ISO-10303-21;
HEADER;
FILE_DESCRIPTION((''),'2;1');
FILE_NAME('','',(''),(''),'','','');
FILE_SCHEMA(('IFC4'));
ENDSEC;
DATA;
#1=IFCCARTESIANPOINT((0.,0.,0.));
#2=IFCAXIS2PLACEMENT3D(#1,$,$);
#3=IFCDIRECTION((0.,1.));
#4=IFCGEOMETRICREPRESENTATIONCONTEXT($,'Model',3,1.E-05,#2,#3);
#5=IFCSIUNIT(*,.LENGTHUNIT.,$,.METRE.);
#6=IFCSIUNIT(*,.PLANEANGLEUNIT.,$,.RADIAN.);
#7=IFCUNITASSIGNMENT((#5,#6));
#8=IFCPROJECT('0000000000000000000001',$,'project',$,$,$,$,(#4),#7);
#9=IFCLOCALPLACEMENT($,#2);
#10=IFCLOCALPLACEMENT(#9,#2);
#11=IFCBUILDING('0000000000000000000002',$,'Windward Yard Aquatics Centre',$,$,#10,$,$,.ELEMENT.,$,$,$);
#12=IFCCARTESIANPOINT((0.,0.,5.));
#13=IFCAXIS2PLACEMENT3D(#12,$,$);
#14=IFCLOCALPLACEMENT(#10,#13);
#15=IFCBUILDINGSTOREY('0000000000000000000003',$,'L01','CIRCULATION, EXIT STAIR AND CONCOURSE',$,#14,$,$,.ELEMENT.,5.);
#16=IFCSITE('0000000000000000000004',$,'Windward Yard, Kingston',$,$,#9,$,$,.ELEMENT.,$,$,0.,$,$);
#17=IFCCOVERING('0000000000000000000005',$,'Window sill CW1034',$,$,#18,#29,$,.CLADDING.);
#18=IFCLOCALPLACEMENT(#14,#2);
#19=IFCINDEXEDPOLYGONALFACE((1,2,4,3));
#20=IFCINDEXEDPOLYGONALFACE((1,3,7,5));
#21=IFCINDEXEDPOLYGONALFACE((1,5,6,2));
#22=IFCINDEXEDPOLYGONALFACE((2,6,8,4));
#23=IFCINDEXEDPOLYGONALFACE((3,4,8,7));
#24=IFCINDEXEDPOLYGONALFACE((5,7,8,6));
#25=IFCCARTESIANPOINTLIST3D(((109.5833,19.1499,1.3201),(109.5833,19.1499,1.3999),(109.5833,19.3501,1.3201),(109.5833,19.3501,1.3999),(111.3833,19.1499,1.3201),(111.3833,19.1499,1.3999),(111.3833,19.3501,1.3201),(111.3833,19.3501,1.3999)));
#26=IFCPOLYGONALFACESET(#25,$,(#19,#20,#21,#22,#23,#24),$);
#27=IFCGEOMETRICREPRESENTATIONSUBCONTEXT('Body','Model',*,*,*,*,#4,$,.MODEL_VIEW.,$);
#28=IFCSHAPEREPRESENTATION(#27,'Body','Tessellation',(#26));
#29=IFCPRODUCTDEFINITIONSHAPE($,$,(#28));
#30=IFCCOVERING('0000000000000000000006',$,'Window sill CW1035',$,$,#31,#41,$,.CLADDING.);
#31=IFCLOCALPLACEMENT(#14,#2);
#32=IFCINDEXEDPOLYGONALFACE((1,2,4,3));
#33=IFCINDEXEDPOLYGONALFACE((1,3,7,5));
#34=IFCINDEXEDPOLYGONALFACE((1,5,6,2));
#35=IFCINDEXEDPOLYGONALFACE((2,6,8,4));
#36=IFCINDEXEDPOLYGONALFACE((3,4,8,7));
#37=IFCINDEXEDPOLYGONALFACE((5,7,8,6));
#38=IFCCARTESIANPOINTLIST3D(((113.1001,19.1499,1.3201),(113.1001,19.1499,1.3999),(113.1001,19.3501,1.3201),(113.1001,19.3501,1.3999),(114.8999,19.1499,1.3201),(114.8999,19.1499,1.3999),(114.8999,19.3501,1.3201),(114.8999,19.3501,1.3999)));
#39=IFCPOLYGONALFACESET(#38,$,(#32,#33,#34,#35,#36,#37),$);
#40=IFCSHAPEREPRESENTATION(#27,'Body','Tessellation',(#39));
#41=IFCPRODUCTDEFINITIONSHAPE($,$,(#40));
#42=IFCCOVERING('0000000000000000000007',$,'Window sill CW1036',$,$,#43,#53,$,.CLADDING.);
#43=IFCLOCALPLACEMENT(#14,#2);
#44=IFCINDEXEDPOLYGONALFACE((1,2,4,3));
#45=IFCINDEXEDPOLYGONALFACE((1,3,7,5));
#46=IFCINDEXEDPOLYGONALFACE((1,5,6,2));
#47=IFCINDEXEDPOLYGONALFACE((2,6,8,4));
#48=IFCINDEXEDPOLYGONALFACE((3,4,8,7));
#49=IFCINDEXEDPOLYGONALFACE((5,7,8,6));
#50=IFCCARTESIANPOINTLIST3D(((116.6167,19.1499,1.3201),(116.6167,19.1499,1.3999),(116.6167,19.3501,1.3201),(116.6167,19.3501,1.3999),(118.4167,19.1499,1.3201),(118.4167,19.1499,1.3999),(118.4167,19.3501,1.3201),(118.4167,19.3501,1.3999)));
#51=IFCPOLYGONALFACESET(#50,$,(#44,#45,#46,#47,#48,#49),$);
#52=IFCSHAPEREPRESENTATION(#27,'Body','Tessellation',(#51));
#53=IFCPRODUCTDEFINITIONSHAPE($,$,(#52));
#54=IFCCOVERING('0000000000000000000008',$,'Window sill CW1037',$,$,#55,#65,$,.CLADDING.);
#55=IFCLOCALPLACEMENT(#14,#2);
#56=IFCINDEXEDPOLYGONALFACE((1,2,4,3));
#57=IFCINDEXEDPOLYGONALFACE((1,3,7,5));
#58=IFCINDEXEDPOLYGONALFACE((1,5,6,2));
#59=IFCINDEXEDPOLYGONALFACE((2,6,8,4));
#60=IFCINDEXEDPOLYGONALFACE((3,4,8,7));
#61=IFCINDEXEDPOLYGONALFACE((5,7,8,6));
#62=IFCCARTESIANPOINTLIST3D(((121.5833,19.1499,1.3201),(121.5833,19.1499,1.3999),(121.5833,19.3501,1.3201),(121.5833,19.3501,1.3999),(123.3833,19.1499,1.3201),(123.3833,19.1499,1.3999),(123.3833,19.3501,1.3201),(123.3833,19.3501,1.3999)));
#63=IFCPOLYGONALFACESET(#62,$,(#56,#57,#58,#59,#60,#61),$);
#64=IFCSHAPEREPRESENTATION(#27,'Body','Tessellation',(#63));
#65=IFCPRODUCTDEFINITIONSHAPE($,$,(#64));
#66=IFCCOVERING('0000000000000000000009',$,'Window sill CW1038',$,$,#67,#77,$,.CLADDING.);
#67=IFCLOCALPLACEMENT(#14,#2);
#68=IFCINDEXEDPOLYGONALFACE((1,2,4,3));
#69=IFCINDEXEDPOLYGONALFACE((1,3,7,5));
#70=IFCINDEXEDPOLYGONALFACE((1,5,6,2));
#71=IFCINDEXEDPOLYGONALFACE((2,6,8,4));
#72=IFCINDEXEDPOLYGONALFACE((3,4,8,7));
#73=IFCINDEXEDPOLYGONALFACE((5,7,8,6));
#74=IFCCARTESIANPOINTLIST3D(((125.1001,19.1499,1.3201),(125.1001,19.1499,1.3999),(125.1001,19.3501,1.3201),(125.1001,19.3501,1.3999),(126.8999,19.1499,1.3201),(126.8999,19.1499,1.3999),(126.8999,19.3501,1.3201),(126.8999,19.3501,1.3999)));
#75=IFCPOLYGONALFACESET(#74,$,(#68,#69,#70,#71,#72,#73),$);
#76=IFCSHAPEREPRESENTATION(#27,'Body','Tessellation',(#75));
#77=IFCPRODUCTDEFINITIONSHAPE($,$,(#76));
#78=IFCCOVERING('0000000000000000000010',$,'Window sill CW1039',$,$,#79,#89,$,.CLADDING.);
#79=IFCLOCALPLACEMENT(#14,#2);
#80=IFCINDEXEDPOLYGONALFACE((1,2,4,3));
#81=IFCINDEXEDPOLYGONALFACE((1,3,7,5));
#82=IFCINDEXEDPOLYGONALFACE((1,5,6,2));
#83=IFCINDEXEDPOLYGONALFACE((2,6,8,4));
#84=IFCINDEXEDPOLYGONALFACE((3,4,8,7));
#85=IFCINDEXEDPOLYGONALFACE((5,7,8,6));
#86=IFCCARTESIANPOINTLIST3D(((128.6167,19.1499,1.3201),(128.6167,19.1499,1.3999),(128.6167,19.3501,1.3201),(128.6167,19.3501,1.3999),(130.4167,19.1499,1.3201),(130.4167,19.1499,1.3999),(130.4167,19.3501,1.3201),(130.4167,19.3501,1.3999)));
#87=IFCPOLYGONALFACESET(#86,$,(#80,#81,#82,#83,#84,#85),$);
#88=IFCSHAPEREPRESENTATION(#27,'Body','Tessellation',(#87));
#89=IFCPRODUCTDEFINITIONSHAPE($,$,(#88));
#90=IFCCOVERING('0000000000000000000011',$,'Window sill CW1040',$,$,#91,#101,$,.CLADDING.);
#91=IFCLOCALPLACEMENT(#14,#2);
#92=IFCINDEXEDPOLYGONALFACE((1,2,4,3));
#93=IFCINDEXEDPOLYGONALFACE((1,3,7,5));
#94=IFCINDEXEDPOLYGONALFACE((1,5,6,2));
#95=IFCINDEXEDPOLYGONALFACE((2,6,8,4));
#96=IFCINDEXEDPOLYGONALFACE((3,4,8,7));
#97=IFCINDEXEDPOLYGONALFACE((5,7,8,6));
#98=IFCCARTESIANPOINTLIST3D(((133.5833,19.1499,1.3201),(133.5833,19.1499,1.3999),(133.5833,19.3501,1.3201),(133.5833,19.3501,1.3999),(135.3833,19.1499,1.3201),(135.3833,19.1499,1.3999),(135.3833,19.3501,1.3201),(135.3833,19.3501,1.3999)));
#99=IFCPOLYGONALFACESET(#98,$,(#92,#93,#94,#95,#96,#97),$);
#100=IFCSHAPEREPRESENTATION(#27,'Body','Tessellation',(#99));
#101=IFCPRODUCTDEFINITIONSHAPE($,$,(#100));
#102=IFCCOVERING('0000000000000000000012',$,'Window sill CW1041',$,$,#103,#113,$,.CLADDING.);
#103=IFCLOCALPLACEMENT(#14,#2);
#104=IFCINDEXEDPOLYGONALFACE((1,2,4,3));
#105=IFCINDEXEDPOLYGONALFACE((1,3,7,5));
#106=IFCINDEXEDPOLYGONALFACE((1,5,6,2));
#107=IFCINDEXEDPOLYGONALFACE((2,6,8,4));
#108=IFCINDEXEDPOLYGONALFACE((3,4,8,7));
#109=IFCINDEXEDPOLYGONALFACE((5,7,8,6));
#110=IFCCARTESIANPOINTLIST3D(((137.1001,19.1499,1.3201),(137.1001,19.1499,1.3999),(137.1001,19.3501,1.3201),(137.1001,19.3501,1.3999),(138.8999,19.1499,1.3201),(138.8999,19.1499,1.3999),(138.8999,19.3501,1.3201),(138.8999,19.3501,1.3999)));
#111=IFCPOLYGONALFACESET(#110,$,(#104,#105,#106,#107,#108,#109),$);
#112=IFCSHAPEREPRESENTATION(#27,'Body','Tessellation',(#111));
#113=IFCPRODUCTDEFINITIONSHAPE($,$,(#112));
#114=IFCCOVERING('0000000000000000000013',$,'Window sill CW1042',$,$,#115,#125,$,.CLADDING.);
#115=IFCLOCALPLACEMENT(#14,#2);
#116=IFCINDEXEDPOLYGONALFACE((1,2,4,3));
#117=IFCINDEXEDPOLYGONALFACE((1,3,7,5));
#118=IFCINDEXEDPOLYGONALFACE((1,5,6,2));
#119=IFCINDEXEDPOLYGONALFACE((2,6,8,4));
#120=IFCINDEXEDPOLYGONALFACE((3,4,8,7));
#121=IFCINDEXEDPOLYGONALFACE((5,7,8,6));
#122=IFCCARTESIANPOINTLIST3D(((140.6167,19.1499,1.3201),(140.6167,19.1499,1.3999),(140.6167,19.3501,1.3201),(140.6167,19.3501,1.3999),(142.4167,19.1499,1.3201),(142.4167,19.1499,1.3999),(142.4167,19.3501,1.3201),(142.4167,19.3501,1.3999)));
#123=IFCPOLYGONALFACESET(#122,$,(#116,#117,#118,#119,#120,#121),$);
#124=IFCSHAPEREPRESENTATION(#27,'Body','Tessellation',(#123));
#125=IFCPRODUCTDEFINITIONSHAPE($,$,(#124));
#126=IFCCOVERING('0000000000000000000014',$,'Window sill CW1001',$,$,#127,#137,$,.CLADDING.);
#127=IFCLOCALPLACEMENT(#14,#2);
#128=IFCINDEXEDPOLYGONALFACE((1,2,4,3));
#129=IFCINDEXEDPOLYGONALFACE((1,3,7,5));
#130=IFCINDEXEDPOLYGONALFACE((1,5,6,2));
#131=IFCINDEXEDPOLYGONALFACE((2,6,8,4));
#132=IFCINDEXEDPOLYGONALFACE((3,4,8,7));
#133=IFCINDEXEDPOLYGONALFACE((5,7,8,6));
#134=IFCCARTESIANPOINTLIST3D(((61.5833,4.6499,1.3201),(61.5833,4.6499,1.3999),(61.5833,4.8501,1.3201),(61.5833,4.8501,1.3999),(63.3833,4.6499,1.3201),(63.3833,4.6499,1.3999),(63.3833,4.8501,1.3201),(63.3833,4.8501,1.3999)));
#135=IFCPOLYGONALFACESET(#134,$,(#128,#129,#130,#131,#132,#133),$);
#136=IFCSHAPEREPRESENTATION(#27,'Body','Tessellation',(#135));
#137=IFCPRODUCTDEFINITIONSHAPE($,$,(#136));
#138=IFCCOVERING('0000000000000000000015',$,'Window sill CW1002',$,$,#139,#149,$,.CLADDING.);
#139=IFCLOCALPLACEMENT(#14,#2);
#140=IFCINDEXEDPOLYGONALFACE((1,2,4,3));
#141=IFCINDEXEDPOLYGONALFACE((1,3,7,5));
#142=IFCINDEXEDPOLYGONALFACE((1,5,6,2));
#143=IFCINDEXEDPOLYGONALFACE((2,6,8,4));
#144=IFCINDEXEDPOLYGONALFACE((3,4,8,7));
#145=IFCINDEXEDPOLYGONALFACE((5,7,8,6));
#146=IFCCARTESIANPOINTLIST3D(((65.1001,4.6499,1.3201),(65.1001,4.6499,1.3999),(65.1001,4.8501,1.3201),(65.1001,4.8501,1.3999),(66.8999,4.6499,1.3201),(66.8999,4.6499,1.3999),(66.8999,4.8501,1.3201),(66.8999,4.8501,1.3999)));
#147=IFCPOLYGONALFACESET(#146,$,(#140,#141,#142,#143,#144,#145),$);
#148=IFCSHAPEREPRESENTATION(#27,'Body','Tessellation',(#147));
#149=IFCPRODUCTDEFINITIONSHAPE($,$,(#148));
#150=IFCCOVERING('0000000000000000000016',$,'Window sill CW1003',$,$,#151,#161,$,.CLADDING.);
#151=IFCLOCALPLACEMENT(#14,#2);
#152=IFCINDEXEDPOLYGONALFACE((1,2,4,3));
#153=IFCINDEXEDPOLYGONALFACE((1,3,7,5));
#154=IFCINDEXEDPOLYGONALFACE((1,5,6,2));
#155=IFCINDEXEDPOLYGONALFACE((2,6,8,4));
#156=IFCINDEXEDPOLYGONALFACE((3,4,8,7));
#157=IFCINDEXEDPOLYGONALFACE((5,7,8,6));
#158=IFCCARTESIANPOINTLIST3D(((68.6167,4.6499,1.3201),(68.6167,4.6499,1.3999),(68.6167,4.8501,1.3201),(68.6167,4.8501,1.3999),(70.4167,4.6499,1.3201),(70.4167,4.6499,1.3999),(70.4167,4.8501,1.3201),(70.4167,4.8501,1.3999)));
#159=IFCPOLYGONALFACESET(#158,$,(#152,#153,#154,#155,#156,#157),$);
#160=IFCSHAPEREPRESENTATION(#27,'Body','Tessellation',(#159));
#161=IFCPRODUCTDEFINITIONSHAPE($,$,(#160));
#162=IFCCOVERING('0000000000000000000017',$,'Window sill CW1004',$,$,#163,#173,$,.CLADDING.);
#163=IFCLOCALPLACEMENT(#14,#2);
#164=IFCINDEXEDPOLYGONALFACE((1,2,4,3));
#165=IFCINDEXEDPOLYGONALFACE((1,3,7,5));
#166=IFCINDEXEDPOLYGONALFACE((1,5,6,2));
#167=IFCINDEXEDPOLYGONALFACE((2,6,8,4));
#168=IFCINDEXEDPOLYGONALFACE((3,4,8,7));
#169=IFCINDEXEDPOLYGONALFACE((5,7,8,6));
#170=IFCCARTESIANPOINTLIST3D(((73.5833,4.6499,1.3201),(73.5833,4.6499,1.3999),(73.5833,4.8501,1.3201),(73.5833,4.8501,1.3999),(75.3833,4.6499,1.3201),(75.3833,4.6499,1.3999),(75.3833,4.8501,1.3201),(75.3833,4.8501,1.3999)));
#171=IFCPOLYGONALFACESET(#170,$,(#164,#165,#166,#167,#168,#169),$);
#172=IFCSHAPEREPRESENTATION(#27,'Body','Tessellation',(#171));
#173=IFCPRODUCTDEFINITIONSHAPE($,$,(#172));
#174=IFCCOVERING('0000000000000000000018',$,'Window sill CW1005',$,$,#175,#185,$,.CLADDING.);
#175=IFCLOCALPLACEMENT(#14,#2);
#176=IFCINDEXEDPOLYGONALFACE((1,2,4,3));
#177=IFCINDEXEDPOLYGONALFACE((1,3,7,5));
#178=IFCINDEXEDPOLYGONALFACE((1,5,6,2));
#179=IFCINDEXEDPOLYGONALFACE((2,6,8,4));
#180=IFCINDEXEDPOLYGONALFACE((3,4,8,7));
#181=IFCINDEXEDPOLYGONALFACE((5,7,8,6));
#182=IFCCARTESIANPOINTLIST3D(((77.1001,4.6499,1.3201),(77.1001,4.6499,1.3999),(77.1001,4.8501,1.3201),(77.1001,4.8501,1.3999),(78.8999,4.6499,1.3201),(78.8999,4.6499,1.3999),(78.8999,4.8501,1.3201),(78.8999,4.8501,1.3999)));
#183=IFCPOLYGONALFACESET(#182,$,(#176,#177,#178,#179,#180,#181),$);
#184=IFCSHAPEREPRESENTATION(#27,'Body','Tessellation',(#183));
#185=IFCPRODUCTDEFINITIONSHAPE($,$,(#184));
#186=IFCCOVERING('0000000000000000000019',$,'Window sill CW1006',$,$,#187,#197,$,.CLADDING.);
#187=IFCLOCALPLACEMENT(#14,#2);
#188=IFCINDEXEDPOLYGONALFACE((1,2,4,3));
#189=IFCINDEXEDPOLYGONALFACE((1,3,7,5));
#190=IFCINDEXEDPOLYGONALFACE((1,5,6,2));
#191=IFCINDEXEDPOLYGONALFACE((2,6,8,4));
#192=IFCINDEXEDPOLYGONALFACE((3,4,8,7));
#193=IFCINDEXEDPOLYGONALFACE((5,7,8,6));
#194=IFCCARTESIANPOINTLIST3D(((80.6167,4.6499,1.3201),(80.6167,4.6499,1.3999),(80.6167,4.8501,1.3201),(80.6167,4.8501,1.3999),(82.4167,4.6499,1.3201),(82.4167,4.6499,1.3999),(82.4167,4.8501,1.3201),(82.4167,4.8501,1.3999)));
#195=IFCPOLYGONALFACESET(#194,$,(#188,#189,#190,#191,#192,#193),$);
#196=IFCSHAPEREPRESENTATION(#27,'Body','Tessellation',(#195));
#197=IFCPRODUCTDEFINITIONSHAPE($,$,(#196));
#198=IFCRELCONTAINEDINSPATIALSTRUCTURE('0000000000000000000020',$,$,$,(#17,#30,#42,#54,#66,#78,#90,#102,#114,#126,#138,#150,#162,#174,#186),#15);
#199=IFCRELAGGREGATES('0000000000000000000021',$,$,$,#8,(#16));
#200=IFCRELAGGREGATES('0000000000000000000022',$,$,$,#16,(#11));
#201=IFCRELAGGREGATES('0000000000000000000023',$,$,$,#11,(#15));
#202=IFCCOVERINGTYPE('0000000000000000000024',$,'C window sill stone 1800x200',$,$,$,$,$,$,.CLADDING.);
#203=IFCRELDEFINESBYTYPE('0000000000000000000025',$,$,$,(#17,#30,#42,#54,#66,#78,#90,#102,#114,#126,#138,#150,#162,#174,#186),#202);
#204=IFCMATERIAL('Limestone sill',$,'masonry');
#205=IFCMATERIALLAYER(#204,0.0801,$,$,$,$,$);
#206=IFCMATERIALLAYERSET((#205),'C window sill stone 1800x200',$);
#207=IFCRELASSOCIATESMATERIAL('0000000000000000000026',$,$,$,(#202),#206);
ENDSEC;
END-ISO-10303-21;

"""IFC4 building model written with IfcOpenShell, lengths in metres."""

from ifc_helpers import new_model, si_unit, direction, frame, origin, place, context, subcontext, project, spatial, polyline, outline, extrude, material, layer, layer_set, type_object, element, save


model = new_model("IFC4")

# Units and contexts
model_context = context("Model", 3, precision=1e-05, world=origin(), true_north=direction((0.0, 1.0)))
body_context = subcontext(model_context, "Body", "Model", "MODEL_VIEW")
ifc_project = project(units=[si_unit("LENGTHUNIT", "METRE"), si_unit("PLANEANGLEUNIT", "RADIAN")], contexts=[model_context])

# Site, building, storey
site_placement = place(None, origin())
site = spatial("IfcSite", under=ifc_project, at=site_placement, Name="Windward Yard, Kingston", CompositionType="ELEMENT", RefElevation=0.0)
building_placement = place(site_placement, origin())
building = spatial("IfcBuilding", under=site, at=building_placement, Name="Windward Yard Aquatics Centre", CompositionType="ELEMENT")
storey_placement = place(building_placement, frame((0.0, 0.0, 5.0)))
storey = spatial("IfcBuildingStorey", under=building, at=storey_placement, Name="L01", Description="CIRCULATION, EXIT STAIR AND CONCOURSE", CompositionType="ELEMENT", Elevation=5.0)

# Coverings
ifc_material = material(Name="Limestone sill", Category="masonry")
ifc_layer = layer(ifc_material, 0.0801)
ifc_layer_set = layer_set([ifc_layer], Name="C window sill stone 1800x200")
covering_type = type_object("IfcCoveringType", Name="C window sill stone 1800x200", PredefinedType="CLADDING", material=ifc_layer_set)
covering_1_placement = place(storey_placement, frame((0.0, 0.0, 1.3201)))
element("IfcCovering", 1, at=covering_1_placement, inside=storey, type_object=covering_type, Name="Window sill CW1034", PredefinedType="CLADDING", context=body_context, shape_type="SweptSolid", body=[
    extrude(outline(polyline([(109.5833, 19.1499), (111.3833, 19.1499), (111.3833, 19.3501), (109.5833, 19.3501), (109.5833, 19.1499)])), origin(), (0.0, 0.0, 1.0), 0.0798),
])
covering_2_placement = place(storey_placement, frame((0.0, 0.0, 1.3201)))
element("IfcCovering", 2, at=covering_2_placement, inside=storey, type_object=covering_type, Name="Window sill CW1035", PredefinedType="CLADDING", context=body_context, shape_type="SweptSolid", body=[
    extrude(outline(polyline([(113.1001, 19.1499), (114.8999, 19.1499), (114.8999, 19.3501), (113.1001, 19.3501), (113.1001, 19.1499)])), origin(), (0.0, 0.0, 1.0), 0.0798),
])
covering_3_placement = place(storey_placement, frame((0.0, 0.0, 1.3201)))
element("IfcCovering", 3, at=covering_3_placement, inside=storey, type_object=covering_type, Name="Window sill CW1036", PredefinedType="CLADDING", context=body_context, shape_type="SweptSolid", body=[
    extrude(outline(polyline([(116.6167, 19.1499), (118.4167, 19.1499), (118.4167, 19.3501), (116.6167, 19.3501), (116.6167, 19.1499)])), origin(), (0.0, 0.0, 1.0), 0.0798),
])
covering_4_placement = place(storey_placement, frame((0.0, 0.0, 1.3201)))
element("IfcCovering", 4, at=covering_4_placement, inside=storey, type_object=covering_type, Name="Window sill CW1037", PredefinedType="CLADDING", context=body_context, shape_type="SweptSolid", body=[
    extrude(outline(polyline([(121.5833, 19.1499), (123.3833, 19.1499), (123.3833, 19.3501), (121.5833, 19.3501), (121.5833, 19.1499)])), origin(), (0.0, 0.0, 1.0), 0.0798),
])
covering_5_placement = place(storey_placement, frame((0.0, 0.0, 1.3201)))
element("IfcCovering", 5, at=covering_5_placement, inside=storey, type_object=covering_type, Name="Window sill CW1038", PredefinedType="CLADDING", context=body_context, shape_type="SweptSolid", body=[
    extrude(outline(polyline([(125.1001, 19.1499), (126.8999, 19.1499), (126.8999, 19.3501), (125.1001, 19.3501), (125.1001, 19.1499)])), origin(), (0.0, 0.0, 1.0), 0.0798),
])
covering_6_placement = place(storey_placement, frame((0.0, 0.0, 1.3201)))
element("IfcCovering", 6, at=covering_6_placement, inside=storey, type_object=covering_type, Name="Window sill CW1039", PredefinedType="CLADDING", context=body_context, shape_type="SweptSolid", body=[
    extrude(outline(polyline([(128.6167, 19.1499), (130.4167, 19.1499), (130.4167, 19.3501), (128.6167, 19.3501), (128.6167, 19.1499)])), origin(), (0.0, 0.0, 1.0), 0.0798),
])
covering_7_placement = place(storey_placement, frame((0.0, 0.0, 1.3201)))
element("IfcCovering", 7, at=covering_7_placement, inside=storey, type_object=covering_type, Name="Window sill CW1040", PredefinedType="CLADDING", context=body_context, shape_type="SweptSolid", body=[
    extrude(outline(polyline([(133.5833, 19.1499), (135.3833, 19.1499), (135.3833, 19.3501), (133.5833, 19.3501), (133.5833, 19.1499)])), origin(), (0.0, 0.0, 1.0), 0.0798),
])
covering_8_placement = place(storey_placement, frame((0.0, 0.0, 1.3201)))
element("IfcCovering", 8, at=covering_8_placement, inside=storey, type_object=covering_type, Name="Window sill CW1041", PredefinedType="CLADDING", context=body_context, shape_type="SweptSolid", body=[
    extrude(outline(polyline([(137.1001, 19.1499), (138.8999, 19.1499), (138.8999, 19.3501), (137.1001, 19.3501), (137.1001, 19.1499)])), origin(), (0.0, 0.0, 1.0), 0.0798),
])
covering_9_placement = place(storey_placement, frame((0.0, 0.0, 1.3201)))
element("IfcCovering", 9, at=covering_9_placement, inside=storey, type_object=covering_type, Name="Window sill CW1042", PredefinedType="CLADDING", context=body_context, shape_type="SweptSolid", body=[
    extrude(outline(polyline([(140.6167, 19.1499), (142.4167, 19.1499), (142.4167, 19.3501), (140.6167, 19.3501), (140.6167, 19.1499)])), origin(), (0.0, 0.0, 1.0), 0.0798),
])
covering_10_placement = place(storey_placement, frame((0.0, 0.0, 1.3201)))
element("IfcCovering", 10, at=covering_10_placement, inside=storey, type_object=covering_type, Name="Window sill CW1001", PredefinedType="CLADDING", context=body_context, shape_type="SweptSolid", body=[
    extrude(outline(polyline([(61.5833, 4.6499), (61.5833, 4.8501), (63.3833, 4.8501), (63.3833, 4.6499), (61.5833, 4.6499)])), origin(), (0.0, 0.0, 1.0), 0.0798),
])
covering_11_placement = place(storey_placement, frame((0.0, 0.0, 1.3201)))
element("IfcCovering", 11, at=covering_11_placement, inside=storey, type_object=covering_type, Name="Window sill CW1002", PredefinedType="CLADDING", context=body_context, shape_type="SweptSolid", body=[
    extrude(outline(polyline([(65.1001, 4.6499), (65.1001, 4.8501), (66.8999, 4.8501), (66.8999, 4.6499), (65.1001, 4.6499)])), origin(), (0.0, 0.0, 1.0), 0.0798),
])
covering_12_placement = place(storey_placement, frame((0.0, 0.0, 1.3201)))
element("IfcCovering", 12, at=covering_12_placement, inside=storey, type_object=covering_type, Name="Window sill CW1003", PredefinedType="CLADDING", context=body_context, shape_type="SweptSolid", body=[
    extrude(outline(polyline([(68.6167, 4.6499), (68.6167, 4.8501), (70.4167, 4.8501), (70.4167, 4.6499), (68.6167, 4.6499)])), origin(), (0.0, 0.0, 1.0), 0.0798),
])
covering_13_placement = place(storey_placement, frame((0.0, 0.0, 1.3201)))
element("IfcCovering", 13, at=covering_13_placement, inside=storey, type_object=covering_type, Name="Window sill CW1004", PredefinedType="CLADDING", context=body_context, shape_type="SweptSolid", body=[
    extrude(outline(polyline([(73.5833, 4.6499), (73.5833, 4.8501), (75.3833, 4.8501), (75.3833, 4.6499), (73.5833, 4.6499)])), origin(), (0.0, 0.0, 1.0), 0.0798),
])
covering_14_placement = place(storey_placement, frame((0.0, 0.0, 1.3201)))
element("IfcCovering", 14, at=covering_14_placement, inside=storey, type_object=covering_type, Name="Window sill CW1005", PredefinedType="CLADDING", context=body_context, shape_type="SweptSolid", body=[
    extrude(outline(polyline([(77.1001, 4.6499), (77.1001, 4.8501), (78.8999, 4.8501), (78.8999, 4.6499), (77.1001, 4.6499)])), origin(), (0.0, 0.0, 1.0), 0.0798),
])
covering_15_placement = place(storey_placement, frame((0.0, 0.0, 1.3201)))
element("IfcCovering", 15, at=covering_15_placement, inside=storey, type_object=covering_type, Name="Window sill CW1006", PredefinedType="CLADDING", context=body_context, shape_type="SweptSolid", body=[
    extrude(outline(polyline([(80.6167, 4.6499), (80.6167, 4.8501), (82.4167, 4.8501), (82.4167, 4.6499), (80.6167, 4.6499)])), origin(), (0.0, 0.0, 1.0), 0.0798),
])

save(model, "model.ifc")
